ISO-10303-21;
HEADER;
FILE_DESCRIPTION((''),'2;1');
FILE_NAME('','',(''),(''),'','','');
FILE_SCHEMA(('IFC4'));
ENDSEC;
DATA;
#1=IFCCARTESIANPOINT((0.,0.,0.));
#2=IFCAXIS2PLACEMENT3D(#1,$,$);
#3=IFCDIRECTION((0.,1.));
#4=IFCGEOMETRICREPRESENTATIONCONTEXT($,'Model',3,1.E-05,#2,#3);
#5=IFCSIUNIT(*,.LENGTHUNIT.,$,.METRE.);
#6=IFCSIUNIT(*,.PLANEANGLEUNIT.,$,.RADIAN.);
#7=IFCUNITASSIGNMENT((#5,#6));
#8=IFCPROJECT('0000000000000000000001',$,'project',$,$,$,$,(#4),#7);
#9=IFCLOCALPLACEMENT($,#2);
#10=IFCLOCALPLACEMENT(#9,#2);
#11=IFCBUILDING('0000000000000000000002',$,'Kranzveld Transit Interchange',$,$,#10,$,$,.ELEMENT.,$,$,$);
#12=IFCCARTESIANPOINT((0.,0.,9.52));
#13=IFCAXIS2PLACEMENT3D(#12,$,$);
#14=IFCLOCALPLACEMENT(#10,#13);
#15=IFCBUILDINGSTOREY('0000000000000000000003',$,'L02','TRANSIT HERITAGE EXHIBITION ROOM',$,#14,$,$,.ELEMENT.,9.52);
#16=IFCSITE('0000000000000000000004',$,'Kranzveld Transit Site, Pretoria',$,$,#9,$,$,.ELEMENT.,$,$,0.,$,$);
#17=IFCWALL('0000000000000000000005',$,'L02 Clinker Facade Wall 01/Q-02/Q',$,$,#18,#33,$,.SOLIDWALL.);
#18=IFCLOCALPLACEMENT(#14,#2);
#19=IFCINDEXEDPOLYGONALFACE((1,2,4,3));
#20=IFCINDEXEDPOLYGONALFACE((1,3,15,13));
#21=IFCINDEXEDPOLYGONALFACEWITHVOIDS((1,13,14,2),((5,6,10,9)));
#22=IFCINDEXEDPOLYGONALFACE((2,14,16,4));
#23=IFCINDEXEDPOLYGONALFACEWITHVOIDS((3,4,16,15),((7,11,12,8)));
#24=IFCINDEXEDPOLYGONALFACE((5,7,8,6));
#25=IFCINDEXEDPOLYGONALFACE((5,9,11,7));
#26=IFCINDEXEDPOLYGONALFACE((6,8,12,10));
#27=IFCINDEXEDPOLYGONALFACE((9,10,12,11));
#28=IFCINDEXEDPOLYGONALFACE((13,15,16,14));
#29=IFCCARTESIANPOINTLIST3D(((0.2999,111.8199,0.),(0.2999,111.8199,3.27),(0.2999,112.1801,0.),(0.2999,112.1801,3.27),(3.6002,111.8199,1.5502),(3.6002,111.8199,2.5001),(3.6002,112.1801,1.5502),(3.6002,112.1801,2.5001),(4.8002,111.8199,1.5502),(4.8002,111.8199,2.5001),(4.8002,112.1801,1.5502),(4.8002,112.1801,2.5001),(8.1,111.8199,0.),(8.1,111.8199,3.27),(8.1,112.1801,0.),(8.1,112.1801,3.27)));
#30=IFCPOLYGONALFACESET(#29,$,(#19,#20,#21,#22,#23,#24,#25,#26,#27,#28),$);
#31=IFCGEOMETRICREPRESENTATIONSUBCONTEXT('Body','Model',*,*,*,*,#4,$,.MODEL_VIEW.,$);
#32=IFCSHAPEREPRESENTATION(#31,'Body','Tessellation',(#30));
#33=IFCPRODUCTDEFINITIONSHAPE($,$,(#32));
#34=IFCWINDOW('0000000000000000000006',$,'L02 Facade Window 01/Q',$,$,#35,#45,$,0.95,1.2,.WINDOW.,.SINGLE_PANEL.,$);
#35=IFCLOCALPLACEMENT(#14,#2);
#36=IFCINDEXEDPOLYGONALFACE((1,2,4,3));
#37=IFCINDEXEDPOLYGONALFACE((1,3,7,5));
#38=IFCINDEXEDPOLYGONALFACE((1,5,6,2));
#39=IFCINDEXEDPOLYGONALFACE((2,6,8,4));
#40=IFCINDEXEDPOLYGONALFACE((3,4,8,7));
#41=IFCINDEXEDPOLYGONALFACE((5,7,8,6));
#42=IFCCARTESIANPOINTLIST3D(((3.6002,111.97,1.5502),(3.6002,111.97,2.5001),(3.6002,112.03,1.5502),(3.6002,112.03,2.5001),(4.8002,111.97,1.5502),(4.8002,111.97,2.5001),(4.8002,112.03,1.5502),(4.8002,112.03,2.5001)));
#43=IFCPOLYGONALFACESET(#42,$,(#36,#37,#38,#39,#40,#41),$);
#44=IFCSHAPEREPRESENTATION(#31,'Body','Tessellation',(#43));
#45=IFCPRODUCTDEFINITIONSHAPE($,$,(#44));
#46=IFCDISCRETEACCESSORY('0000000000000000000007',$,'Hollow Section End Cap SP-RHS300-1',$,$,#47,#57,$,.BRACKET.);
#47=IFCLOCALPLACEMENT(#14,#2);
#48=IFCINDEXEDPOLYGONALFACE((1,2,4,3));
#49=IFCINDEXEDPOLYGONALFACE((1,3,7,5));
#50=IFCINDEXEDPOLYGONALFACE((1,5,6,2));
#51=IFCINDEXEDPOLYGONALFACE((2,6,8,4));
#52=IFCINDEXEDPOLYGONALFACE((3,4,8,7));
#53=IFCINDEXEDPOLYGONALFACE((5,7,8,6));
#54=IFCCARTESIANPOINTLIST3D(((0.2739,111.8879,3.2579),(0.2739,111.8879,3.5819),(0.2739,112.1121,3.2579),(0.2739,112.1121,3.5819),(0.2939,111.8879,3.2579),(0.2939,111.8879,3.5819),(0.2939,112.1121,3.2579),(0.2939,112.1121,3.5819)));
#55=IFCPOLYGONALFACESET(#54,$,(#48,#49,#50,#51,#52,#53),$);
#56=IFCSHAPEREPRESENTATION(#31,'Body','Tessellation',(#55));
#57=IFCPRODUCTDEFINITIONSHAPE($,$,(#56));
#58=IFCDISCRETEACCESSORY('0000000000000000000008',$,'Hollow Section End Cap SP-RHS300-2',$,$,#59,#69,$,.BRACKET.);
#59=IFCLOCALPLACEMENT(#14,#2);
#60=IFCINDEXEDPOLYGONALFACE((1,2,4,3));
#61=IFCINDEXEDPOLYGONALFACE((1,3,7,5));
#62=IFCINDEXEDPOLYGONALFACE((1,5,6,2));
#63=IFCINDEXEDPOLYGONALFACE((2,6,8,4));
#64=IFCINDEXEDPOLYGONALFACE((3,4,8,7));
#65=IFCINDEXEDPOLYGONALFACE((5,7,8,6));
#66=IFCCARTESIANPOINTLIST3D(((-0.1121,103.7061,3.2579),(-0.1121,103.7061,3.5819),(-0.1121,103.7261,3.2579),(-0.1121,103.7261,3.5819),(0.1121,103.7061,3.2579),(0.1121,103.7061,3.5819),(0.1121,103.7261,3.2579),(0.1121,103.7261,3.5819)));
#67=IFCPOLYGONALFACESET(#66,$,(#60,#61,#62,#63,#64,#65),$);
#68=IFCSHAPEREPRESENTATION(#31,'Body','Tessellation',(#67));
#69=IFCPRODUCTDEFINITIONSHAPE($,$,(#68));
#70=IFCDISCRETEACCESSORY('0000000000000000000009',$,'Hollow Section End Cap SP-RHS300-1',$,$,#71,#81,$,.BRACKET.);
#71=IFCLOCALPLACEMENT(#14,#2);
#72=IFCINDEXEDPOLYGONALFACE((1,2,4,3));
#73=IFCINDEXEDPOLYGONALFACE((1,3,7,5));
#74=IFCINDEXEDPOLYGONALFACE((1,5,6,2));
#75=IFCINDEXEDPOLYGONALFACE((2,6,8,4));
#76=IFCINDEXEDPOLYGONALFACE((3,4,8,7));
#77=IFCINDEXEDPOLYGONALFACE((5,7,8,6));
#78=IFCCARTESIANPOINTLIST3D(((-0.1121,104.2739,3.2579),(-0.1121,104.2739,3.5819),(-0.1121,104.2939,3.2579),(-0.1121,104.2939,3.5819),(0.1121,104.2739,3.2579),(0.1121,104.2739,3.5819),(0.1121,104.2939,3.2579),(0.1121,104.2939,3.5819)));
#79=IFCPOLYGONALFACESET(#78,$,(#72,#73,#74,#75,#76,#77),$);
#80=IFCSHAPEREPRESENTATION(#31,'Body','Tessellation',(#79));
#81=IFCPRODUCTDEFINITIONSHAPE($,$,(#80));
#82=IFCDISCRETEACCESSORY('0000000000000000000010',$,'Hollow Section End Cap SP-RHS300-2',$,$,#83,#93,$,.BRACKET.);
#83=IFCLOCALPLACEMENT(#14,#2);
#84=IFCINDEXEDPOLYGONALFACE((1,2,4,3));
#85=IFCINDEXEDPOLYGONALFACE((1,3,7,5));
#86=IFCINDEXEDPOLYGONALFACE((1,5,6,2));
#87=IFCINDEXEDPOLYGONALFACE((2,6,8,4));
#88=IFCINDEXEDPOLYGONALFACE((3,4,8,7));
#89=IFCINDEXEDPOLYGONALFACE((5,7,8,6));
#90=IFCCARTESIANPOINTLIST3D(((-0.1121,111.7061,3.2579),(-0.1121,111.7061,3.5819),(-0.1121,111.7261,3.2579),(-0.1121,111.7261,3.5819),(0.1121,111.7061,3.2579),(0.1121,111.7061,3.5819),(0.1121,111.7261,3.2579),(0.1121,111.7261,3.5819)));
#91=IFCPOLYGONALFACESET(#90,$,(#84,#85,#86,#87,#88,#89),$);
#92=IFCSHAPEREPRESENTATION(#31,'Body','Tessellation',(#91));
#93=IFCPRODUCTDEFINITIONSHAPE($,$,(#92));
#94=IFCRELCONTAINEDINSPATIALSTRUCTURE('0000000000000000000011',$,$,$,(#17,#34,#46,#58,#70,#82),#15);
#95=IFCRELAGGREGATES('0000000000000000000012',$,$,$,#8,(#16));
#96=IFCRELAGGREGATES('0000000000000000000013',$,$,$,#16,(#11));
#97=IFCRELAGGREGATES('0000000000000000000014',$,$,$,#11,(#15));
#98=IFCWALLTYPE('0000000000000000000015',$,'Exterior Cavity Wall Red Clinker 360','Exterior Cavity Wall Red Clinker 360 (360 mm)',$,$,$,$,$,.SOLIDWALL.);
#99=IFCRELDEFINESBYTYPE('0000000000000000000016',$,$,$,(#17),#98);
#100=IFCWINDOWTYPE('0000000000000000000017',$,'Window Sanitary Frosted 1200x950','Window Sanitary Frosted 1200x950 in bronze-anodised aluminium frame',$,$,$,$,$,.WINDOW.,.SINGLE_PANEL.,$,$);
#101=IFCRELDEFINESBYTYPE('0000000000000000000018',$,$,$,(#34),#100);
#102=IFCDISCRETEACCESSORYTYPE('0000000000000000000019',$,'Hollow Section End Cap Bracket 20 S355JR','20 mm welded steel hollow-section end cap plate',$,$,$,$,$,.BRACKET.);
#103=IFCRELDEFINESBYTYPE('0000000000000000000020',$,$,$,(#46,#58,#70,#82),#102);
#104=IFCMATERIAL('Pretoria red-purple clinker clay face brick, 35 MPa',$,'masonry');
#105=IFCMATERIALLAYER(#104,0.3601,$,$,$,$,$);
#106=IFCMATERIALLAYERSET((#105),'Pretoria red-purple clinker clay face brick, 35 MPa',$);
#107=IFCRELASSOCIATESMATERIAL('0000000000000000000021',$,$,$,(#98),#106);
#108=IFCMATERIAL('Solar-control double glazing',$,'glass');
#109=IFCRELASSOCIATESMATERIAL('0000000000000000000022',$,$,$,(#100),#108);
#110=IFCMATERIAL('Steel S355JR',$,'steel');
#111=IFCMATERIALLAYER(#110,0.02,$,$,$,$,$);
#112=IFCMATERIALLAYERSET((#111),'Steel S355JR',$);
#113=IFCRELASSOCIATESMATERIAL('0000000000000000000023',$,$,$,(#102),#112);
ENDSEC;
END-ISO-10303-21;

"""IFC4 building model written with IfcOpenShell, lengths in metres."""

from ifc_helpers import new_model, si_unit, direction, frame, frame_2d, origin, origin_2d, place, context, subcontext, project, spatial, rectangle, extrude, material, layer, layer_set, type_object, element, fill, save


model = new_model("IFC4")

# Units and contexts
model_context = context("Model", 3, precision=1e-05, world=origin(), true_north=direction((0.0, 1.0)))
body_context = subcontext(model_context, "Body", "Model", "MODEL_VIEW")
ifc_project = project(units=[si_unit("LENGTHUNIT", "METRE"), si_unit("PLANEANGLEUNIT", "RADIAN")], contexts=[model_context])

# Site, building, storey
site_placement = place(None, origin())
site = spatial("IfcSite", under=ifc_project, at=site_placement, Name="Kranzveld Transit Site, Pretoria", CompositionType="ELEMENT", RefElevation=0.0)
building_placement = place(site_placement, origin())
building = spatial("IfcBuilding", under=site, at=building_placement, Name="Kranzveld Transit Interchange", CompositionType="ELEMENT")
storey_placement = place(building_placement, frame((0.0, 0.0, 9.52)))
storey = spatial("IfcBuildingStorey", under=building, at=storey_placement, Name="L02", Description="TRANSIT HERITAGE EXHIBITION ROOM", CompositionType="ELEMENT", Elevation=9.52)

# Wall, opening, window
ifc_material_1 = material(Name="Pretoria red-purple clinker clay face brick, 35 MPa", Category="masonry")
ifc_layer_1 = layer(ifc_material_1, 0.3601)
ifc_layer_set_1 = layer_set([ifc_layer_1], Name="Pretoria red-purple clinker clay face brick, 35 MPa")
wall_type = type_object("IfcWallType", Name="Exterior Cavity Wall Red Clinker 360", Description="Exterior Cavity Wall Red Clinker 360 (360 mm)", PredefinedType="SOLIDWALL", material=ifc_layer_set_1)
wall_1_placement = place(storey_placement, frame((0.3, 112.0, 0.0), z_axis=(0.0, 0.0, 1.0), x_axis=(1.0, 0.0, 0.0)))
wall_1 = element("IfcWall", 1, at=wall_1_placement, inside=storey, type_object=wall_type, Name="L02 Clinker Facade Wall 01/Q-02/Q", PredefinedType="SOLIDWALL", context=body_context, shape_type="SweptSolid", body=[
    extrude(rectangle(XDim=7.8, YDim=0.3601, at=frame_2d((3.8999, 0.0))), origin(), (0.0, 0.0, 1.0), 3.27),
])
opening_1_placement = place(wall_1_placement, frame((3.3, 0.0, 1.55), z_axis=(0.0, 0.0, 1.0), x_axis=(1.0, 0.0, 0.0)))
opening_1 = element("IfcOpeningElement", 2, at=opening_1_placement, cuts=wall_1, PredefinedType="OPENING", context=body_context, shape_type="SweptSolid", body=[
    extrude(rectangle(XDim=1.2, YDim=0.95, at=frame_2d((0.6001, 0.4751))), frame((0.0, 0.1899, 0.0), z_axis=(0.0, -1.0, 0.0), x_axis=(1.0, 0.0, 0.0)), (0.0, 0.0, 1.0), 0.3801),
])
ifc_material_2 = material(Name="Solar-control double glazing", Category="glass")
window_type_1 = type_object("IfcWindowType", Name="Window Sanitary Frosted 1200x950", Description="Window Sanitary Frosted 1200x950 in bronze-anodised aluminium frame", PartitioningType="SINGLE_PANEL", PredefinedType="WINDOW", material=ifc_material_2)
window_1_placement = place(opening_1_placement, origin())
window_1 = element("IfcWindow", 3, at=window_1_placement, inside=storey, type_object=window_type_1, Name="L02 Facade Window 01/Q", OverallHeight=0.95, OverallWidth=1.2, PartitioningType="SINGLE_PANEL", PredefinedType="WINDOW", context=body_context, shape_type="SweptSolid", body=[
    extrude(rectangle(XDim=1.2, YDim=0.95, at=frame_2d((0.6001, 0.4751))), frame((0.0, 0.03, 0.0), z_axis=(0.0, -1.0, 0.0), x_axis=(1.0, 0.0, 0.0)), (0.0, 0.0, 1.0), 0.0601),
])
fill(opening_1, window_1)

# Discrete accessories
ifc_material_3 = material(Name="Steel S355JR", Category="steel")
ifc_layer_2 = layer(ifc_material_3, 0.02)
ifc_layer_set_2 = layer_set([ifc_layer_2], Name="Steel S355JR")
discrete_accessory_type = type_object("IfcDiscreteAccessoryType", Name="Hollow Section End Cap Bracket 20 S355JR", Description="20 mm welded steel hollow-section end cap plate", PredefinedType="BRACKET", material=ifc_layer_set_2)
for number, where, z_axis, x_axis, name in (
    (4, (0.2939, 112.0, 3.4199), (-1.0, 0.0, 0.0), (0.0, -1.0, 0.0), "Hollow Section End Cap SP-RHS300-1"),
    (5, (0.0, 103.7061, 3.4199), (0.0, 1.0, 0.0), (-1.0, 0.0, 0.0), "Hollow Section End Cap SP-RHS300-2"),
    (6, (0.0, 104.2939, 3.4199), (0.0, -1.0, 0.0), (1.0, 0.0, 0.0), "Hollow Section End Cap SP-RHS300-1"),
    (7, (0.0, 111.7061, 3.4199), (0.0, 1.0, 0.0), (-1.0, 0.0, 0.0), "Hollow Section End Cap SP-RHS300-2"),
):
    element("IfcDiscreteAccessory", number, at=place(storey_placement, frame(where, z_axis=z_axis, x_axis=x_axis)), inside=storey, type_object=discrete_accessory_type, Name=name, PredefinedType="BRACKET", context=body_context, shape_type="SweptSolid", body=[
        extrude(rectangle(XDim=0.2241, YDim=0.324, at=origin_2d()), origin(), (0.0, 0.0, 1.0), 0.02),
    ])

save(model, "model.ifc")
